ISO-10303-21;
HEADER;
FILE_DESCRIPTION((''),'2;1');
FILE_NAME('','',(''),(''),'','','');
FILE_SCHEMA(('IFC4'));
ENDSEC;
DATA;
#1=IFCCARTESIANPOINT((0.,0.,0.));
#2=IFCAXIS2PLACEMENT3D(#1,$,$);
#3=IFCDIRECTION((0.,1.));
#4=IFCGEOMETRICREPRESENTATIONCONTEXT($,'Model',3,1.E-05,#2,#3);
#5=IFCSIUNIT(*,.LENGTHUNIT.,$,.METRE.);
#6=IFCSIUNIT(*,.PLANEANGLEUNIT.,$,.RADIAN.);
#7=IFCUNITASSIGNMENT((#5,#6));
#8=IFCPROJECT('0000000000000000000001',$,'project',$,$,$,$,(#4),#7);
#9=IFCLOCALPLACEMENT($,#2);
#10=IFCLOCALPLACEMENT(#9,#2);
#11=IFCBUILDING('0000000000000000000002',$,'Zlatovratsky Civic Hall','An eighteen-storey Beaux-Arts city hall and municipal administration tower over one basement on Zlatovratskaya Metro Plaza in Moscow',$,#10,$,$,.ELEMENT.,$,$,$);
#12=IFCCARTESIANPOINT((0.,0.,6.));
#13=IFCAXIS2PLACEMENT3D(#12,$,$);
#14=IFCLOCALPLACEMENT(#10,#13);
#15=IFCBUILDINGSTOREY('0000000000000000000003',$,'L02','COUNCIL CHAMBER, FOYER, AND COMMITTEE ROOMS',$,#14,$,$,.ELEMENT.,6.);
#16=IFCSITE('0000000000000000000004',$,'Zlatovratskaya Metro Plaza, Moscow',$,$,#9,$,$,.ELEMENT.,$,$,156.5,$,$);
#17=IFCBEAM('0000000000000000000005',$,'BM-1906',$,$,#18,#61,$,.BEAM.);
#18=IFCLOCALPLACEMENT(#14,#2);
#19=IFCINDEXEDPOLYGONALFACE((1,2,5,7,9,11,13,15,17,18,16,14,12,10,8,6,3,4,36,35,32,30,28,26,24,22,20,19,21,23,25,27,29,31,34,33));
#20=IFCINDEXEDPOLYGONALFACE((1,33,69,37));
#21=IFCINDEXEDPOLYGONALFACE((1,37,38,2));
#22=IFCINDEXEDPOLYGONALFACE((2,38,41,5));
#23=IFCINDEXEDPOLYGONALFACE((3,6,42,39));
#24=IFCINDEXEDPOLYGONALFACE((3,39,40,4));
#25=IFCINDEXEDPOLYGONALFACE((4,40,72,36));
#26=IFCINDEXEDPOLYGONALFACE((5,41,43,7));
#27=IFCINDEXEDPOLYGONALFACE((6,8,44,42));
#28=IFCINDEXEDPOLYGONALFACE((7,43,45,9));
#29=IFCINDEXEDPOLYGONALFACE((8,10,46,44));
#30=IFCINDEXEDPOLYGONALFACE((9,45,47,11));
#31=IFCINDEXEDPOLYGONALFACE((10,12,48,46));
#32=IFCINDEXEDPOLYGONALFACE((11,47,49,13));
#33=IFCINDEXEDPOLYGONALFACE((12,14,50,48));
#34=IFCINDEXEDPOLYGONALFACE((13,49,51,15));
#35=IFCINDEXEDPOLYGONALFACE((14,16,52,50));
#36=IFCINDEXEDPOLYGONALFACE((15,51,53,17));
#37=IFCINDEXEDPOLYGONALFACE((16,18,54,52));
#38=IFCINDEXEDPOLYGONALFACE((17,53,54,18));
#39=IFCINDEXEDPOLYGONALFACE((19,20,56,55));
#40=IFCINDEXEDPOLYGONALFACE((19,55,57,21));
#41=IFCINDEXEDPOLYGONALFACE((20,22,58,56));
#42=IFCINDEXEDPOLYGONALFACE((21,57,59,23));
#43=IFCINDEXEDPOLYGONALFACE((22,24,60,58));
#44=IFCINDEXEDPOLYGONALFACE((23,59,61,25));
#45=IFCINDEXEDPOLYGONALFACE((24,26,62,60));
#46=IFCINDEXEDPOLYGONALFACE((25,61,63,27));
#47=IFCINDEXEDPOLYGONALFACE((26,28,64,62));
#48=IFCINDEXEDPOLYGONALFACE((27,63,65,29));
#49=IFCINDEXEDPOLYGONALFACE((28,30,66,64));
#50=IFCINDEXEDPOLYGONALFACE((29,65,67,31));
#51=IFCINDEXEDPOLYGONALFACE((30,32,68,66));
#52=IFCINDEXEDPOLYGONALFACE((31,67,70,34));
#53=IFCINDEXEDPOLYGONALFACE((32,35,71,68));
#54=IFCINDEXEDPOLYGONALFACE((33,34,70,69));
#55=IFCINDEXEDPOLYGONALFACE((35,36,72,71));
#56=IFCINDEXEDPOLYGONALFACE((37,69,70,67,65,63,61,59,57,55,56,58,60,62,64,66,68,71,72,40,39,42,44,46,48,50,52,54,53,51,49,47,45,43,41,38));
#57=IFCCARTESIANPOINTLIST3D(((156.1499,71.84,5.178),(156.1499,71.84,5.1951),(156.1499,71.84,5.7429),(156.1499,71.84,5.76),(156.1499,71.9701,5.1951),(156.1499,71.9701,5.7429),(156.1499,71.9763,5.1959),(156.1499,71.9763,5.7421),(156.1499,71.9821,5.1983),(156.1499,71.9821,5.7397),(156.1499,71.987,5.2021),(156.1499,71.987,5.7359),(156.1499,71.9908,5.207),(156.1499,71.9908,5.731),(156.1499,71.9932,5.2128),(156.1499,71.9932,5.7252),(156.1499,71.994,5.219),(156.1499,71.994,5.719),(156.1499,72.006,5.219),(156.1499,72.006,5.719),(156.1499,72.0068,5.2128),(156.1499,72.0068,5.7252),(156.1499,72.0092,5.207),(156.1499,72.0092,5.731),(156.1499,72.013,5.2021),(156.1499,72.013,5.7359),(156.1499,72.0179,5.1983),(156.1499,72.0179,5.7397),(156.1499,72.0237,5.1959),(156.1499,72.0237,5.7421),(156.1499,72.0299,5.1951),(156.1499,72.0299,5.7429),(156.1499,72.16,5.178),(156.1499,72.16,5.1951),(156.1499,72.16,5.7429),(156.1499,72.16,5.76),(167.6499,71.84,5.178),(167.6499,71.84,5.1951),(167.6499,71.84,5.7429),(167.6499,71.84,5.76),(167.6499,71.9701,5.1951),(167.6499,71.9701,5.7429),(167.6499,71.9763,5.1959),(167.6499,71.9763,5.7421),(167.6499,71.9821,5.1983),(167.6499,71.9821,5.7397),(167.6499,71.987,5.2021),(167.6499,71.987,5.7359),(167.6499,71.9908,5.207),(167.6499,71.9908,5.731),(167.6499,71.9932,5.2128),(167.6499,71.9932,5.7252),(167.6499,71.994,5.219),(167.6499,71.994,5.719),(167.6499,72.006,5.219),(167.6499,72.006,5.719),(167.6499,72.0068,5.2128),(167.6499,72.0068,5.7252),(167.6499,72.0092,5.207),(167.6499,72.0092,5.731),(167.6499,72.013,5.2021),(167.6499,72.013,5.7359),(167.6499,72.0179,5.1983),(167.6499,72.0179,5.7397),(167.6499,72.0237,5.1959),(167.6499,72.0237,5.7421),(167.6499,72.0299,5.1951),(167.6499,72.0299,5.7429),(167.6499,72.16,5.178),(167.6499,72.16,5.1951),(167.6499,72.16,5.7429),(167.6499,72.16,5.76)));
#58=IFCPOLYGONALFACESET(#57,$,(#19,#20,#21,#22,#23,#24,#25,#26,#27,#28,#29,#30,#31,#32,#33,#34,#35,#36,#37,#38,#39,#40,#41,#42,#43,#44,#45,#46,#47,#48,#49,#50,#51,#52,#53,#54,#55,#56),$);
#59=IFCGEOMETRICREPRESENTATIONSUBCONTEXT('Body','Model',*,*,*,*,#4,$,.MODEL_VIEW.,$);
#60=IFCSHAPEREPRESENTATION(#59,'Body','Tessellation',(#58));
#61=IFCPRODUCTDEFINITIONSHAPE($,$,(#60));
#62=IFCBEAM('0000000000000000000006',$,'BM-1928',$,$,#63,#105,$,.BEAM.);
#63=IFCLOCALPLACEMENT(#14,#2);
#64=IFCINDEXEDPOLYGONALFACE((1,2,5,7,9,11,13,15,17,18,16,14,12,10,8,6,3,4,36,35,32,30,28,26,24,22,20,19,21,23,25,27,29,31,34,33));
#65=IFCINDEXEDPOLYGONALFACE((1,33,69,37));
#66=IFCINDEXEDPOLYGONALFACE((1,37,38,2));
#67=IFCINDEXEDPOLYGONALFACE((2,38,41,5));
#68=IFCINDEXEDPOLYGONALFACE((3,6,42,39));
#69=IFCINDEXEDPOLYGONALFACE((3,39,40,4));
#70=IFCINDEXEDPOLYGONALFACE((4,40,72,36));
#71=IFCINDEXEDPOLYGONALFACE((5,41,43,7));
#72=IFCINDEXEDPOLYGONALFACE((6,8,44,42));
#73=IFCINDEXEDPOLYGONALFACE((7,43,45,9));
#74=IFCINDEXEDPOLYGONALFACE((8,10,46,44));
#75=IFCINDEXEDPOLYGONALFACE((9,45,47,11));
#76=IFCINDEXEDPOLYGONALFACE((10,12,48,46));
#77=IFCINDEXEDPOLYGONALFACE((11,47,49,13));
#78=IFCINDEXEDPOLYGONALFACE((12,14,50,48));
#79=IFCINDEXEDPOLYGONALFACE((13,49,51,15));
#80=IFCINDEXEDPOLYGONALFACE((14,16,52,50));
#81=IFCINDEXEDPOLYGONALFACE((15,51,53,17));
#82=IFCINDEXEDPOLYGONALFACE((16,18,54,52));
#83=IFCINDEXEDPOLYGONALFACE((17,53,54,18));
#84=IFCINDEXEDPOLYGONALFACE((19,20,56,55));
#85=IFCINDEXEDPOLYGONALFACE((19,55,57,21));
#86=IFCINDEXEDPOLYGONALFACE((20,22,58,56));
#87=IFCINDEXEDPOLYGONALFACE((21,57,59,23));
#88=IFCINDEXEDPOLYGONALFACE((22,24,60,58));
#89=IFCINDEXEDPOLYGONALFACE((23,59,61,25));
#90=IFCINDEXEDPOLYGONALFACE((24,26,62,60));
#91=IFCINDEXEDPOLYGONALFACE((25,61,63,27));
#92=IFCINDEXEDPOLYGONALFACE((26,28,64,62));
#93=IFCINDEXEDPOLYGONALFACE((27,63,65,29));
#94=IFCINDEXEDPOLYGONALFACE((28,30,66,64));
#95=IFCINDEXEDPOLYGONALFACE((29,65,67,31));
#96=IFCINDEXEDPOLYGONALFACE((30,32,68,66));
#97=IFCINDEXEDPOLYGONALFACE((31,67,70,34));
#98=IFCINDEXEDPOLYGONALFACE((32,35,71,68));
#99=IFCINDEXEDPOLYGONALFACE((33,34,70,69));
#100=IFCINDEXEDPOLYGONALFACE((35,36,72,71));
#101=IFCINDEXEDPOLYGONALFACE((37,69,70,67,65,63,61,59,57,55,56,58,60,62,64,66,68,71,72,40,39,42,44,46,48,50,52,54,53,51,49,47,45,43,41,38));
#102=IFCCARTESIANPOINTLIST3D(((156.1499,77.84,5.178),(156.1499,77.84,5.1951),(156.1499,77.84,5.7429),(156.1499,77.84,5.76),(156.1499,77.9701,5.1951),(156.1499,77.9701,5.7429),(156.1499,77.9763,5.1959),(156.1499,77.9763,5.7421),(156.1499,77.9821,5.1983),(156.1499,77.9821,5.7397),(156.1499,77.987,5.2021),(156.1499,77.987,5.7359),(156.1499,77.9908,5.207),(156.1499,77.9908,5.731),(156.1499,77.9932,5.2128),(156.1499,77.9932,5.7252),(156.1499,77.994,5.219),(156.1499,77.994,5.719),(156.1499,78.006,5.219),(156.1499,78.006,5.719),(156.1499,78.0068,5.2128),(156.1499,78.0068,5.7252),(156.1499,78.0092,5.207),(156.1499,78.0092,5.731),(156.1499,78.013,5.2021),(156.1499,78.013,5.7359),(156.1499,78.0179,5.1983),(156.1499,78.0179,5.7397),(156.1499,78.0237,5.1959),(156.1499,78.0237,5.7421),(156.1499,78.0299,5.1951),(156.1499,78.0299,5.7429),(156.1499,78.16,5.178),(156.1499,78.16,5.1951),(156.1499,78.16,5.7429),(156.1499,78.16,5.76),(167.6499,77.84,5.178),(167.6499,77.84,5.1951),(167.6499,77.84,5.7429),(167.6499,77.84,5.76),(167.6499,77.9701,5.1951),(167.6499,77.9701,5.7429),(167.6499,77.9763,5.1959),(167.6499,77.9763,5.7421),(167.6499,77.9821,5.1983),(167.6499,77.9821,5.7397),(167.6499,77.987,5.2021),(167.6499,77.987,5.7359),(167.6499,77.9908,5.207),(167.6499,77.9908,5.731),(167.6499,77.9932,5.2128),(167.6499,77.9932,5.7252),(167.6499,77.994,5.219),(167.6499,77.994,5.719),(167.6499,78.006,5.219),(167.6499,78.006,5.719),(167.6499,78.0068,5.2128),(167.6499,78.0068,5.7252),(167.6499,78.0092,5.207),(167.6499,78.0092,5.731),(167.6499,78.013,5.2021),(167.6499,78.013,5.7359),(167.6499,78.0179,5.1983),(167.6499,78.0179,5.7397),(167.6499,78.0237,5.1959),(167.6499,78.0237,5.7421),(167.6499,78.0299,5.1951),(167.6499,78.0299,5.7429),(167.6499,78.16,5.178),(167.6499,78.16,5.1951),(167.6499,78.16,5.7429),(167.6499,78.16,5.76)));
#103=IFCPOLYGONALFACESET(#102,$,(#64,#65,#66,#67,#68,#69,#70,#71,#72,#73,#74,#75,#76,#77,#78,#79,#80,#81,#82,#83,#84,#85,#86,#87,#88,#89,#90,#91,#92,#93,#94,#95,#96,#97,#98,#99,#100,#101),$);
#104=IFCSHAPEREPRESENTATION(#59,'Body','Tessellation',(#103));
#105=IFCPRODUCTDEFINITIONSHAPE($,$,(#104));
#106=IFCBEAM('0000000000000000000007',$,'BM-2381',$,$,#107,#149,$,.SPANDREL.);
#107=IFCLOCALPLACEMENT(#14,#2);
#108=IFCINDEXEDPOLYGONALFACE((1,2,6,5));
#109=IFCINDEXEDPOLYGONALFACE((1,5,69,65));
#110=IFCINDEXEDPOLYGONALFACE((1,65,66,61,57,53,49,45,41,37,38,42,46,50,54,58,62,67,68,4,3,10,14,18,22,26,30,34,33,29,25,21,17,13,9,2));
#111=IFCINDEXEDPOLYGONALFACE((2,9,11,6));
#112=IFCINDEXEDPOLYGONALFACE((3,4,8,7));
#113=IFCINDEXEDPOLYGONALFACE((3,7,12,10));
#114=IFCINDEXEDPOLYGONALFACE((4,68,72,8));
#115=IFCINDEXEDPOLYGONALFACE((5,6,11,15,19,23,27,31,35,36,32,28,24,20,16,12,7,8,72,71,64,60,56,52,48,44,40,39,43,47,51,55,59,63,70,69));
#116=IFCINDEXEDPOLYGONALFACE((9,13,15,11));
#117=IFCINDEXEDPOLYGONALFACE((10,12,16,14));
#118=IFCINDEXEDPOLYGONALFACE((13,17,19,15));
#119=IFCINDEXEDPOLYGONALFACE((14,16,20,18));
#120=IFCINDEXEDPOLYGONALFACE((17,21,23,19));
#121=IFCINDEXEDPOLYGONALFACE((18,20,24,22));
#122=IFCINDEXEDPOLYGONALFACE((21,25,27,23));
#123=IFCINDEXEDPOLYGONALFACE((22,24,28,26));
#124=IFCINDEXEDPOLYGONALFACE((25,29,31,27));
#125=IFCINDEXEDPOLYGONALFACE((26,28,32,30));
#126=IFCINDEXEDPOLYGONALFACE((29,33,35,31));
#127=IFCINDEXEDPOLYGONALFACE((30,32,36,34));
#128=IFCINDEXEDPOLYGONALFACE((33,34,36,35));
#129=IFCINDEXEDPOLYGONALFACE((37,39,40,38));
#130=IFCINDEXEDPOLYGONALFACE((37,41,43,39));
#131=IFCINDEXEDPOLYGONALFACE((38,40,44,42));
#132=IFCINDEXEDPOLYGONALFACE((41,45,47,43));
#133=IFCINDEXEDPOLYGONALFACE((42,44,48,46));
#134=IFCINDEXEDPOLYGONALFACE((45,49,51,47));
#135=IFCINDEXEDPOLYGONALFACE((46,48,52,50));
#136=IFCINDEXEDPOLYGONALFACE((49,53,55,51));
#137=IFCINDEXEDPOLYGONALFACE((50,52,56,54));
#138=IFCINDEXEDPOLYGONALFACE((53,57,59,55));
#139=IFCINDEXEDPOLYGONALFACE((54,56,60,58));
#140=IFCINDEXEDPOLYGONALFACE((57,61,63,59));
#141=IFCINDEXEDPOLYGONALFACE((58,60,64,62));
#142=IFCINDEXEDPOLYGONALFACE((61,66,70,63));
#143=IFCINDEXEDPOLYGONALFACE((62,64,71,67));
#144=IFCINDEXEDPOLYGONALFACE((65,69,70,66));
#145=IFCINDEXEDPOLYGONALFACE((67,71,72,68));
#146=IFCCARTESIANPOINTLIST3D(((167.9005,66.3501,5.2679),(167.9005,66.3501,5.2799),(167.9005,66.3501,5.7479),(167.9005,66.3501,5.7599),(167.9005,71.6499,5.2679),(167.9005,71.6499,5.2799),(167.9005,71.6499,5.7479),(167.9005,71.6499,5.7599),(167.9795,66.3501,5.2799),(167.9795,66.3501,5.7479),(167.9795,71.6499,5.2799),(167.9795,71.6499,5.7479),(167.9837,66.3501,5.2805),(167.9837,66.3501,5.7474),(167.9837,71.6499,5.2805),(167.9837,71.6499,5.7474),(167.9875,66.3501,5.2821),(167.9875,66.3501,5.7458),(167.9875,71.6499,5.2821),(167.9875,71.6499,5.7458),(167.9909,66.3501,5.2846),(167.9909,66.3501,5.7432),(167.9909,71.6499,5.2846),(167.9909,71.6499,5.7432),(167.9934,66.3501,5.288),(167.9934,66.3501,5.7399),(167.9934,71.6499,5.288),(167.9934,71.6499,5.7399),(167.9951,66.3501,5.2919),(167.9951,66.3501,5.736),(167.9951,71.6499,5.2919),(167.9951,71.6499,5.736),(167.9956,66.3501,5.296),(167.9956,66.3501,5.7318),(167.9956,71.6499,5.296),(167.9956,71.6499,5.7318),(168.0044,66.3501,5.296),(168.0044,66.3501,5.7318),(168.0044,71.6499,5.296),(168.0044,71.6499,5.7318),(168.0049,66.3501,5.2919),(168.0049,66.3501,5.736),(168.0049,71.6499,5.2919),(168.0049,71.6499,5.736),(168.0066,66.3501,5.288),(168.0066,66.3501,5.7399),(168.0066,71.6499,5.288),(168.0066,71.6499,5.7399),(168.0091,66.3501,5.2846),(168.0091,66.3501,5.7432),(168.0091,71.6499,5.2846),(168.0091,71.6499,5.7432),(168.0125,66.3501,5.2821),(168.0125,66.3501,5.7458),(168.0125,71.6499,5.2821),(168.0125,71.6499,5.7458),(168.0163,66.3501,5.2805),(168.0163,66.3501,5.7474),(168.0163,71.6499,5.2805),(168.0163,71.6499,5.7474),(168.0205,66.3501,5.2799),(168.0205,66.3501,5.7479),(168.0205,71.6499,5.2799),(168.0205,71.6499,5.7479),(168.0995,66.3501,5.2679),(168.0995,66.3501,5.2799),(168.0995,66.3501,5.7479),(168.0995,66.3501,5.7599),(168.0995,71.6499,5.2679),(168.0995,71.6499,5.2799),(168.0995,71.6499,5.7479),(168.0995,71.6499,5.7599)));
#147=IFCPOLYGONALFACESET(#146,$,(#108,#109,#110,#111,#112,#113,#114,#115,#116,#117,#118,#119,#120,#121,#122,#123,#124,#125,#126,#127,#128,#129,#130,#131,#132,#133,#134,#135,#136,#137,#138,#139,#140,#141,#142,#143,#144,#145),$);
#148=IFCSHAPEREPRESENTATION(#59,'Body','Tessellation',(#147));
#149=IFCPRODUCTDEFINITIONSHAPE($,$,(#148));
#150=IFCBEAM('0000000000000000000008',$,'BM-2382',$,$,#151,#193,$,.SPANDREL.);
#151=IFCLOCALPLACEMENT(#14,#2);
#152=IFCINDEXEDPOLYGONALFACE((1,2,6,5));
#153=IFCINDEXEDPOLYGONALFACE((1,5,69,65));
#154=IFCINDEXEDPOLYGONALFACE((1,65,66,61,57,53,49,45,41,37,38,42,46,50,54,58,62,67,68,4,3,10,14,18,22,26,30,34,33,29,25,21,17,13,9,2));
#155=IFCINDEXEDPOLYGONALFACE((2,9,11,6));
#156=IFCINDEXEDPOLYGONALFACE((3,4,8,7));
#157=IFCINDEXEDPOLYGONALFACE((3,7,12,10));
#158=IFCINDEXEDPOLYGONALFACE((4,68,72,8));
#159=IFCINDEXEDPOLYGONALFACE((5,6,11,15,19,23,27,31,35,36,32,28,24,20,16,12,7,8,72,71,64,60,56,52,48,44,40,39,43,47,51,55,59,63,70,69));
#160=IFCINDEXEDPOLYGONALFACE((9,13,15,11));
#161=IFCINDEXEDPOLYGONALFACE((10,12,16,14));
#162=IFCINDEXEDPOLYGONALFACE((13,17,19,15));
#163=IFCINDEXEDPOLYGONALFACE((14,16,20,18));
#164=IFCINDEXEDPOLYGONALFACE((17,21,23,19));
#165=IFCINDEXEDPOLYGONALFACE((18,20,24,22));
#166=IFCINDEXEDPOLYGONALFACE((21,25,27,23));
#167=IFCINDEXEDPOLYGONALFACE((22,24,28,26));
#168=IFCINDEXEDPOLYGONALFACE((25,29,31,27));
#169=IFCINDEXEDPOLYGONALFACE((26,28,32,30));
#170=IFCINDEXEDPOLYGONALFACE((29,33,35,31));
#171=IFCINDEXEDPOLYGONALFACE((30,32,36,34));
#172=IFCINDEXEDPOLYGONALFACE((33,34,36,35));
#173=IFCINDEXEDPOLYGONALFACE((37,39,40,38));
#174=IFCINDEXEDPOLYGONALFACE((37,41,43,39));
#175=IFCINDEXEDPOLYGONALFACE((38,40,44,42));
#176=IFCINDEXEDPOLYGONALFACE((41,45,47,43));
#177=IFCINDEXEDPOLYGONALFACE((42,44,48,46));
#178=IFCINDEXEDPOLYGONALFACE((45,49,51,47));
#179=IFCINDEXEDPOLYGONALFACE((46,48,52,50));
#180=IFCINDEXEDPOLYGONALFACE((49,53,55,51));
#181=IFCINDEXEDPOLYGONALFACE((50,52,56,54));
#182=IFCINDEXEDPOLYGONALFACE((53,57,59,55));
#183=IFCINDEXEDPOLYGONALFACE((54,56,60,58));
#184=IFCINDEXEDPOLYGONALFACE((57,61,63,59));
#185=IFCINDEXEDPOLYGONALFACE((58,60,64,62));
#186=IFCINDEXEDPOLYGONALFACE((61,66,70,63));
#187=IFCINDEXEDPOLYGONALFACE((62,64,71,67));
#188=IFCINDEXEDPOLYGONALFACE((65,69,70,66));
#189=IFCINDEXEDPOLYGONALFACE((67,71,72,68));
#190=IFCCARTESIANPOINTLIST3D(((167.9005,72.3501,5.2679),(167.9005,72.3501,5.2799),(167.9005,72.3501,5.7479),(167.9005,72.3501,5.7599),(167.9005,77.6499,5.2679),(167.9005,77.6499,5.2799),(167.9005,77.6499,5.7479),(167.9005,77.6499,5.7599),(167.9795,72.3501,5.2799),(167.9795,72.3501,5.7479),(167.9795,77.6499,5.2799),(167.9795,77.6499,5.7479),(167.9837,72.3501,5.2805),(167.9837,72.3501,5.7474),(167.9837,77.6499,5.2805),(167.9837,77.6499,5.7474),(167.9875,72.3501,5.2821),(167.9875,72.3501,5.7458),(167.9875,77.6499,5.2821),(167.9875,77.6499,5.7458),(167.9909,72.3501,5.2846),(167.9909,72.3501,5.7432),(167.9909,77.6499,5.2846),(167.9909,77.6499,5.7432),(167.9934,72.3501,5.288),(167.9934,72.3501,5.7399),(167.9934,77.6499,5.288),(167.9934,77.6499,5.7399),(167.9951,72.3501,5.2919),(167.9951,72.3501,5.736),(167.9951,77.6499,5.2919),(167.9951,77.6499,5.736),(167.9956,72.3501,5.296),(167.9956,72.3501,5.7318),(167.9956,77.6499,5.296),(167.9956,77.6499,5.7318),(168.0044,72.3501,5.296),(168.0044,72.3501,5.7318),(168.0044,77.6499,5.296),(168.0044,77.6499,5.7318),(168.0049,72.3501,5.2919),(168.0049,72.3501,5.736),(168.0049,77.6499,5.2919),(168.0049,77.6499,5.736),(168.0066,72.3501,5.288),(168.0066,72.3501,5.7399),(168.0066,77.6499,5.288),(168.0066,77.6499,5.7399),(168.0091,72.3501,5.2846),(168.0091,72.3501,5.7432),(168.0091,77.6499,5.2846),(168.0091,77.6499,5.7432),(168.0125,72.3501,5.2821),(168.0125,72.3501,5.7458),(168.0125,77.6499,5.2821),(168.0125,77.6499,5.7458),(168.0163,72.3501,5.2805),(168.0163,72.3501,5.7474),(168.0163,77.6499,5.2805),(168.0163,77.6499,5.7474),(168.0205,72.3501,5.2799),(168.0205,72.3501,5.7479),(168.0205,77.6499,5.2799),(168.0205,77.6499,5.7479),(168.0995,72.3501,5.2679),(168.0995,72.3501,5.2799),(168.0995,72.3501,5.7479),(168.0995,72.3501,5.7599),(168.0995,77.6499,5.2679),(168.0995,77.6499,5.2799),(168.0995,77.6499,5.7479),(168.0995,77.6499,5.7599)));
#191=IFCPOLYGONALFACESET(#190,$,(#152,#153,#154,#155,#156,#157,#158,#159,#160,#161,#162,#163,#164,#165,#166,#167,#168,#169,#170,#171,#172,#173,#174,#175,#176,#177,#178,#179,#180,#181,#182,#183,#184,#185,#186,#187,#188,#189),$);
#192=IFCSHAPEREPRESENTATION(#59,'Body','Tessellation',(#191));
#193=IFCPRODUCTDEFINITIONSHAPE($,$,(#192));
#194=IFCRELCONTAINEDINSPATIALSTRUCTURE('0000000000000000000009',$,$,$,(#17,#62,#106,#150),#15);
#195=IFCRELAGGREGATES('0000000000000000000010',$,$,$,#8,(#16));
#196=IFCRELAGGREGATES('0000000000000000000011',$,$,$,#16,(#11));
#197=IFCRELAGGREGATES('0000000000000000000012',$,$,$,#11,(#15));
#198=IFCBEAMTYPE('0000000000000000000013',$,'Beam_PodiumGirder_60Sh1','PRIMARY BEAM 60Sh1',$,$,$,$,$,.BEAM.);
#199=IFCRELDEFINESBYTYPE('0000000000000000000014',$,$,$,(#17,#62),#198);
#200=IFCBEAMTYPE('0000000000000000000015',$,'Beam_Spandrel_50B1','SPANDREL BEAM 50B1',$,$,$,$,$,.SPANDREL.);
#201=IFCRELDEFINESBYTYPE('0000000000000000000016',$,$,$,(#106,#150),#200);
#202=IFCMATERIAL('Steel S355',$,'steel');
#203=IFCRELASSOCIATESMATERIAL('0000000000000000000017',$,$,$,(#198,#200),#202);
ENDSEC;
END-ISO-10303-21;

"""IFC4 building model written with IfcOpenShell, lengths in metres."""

from ifc_helpers import new_model, si_unit, direction, frame, origin, origin_2d, place, context, subcontext, project, spatial, i_section, extrude, material, material_profile, profile_set, type_object, element, save


model = new_model("IFC4")

# Units and contexts
model_context = context("Model", 3, precision=1e-05, world=origin(), true_north=direction((0.0, 1.0)))
body_context = subcontext(model_context, "Body", "Model", "MODEL_VIEW")
ifc_project = project(units=[si_unit("LENGTHUNIT", "METRE"), si_unit("PLANEANGLEUNIT", "RADIAN")], contexts=[model_context])

# Site, building, storey
site_placement = place(None, origin())
site = spatial("IfcSite", under=ifc_project, at=site_placement, Name="Zlatovratskaya Metro Plaza, Moscow", CompositionType="ELEMENT", RefElevation=156.5)
building_placement = place(site_placement, origin())
building = spatial("IfcBuilding", under=site, at=building_placement, Name="Zlatovratsky Civic Hall", Description="An eighteen-storey Beaux-Arts city hall and municipal administration tower over one basement on Zlatovratskaya Metro Plaza in Moscow", CompositionType="ELEMENT")
storey_placement = place(building_placement, frame((0.0, 0.0, 6.0)))
storey = spatial("IfcBuildingStorey", under=building, at=storey_placement, Name="L02", Description="COUNCIL CHAMBER, FOYER, AND COMMITTEE ROOMS", CompositionType="ELEMENT", Elevation=6.0)

# Shared definitions
ifc_material_1 = material(Name="Steel S355", Category="steel")

# Beams
ifc_material_profile_1 = material_profile(ifc_material_1, i_section(OverallWidth=0.3201, OverallDepth=0.582, WebThickness=0.012, FlangeThickness=0.0171, FilletRadius=0.0239, at=origin_2d()), Name="60Sh1")
ifc_profile_set_1 = profile_set([ifc_material_profile_1], Name="Steel S355")
beam_type_1 = type_object("IfcBeamType", Name="Beam_PodiumGirder_60Sh1", Description="PRIMARY BEAM 60Sh1", PredefinedType="BEAM", material=ifc_profile_set_1)
for number, where, z_axis, x_axis, name in (
    (1, (156.1499, 72.0, 5.469), (1.0, 0.0, 0.0), (0.0, 1.0, 0.0), "BM-1906"),
    (2, (156.1499, 78.0, 5.469), (1.0, 0.0, 0.0), (0.0, 1.0, 0.0), "BM-1928"),
):
    element("IfcBeam", number, at=place(storey_placement, frame(where, z_axis=z_axis, x_axis=x_axis)), inside=storey, type_object=beam_type_1, Name=name, PredefinedType="BEAM", context=body_context, shape_type="SweptSolid", body=[
        extrude(i_section(OverallWidth=0.3201, OverallDepth=0.582, WebThickness=0.012, FlangeThickness=0.0171, FilletRadius=0.0239, at=origin_2d()), origin(), (0.0, 0.0, 1.0), 11.5),
    ])
ifc_material_profile_2 = material_profile(ifc_material_1, i_section(OverallWidth=0.199, OverallDepth=0.4919, WebThickness=0.0088, FlangeThickness=0.012, FilletRadius=0.0161, at=origin_2d()), Name="50B1")
ifc_profile_set_2 = profile_set([ifc_material_profile_2], Name="Steel S355")
beam_type_2 = type_object("IfcBeamType", Name="Beam_Spandrel_50B1", Description="SPANDREL BEAM 50B1", PredefinedType="SPANDREL", material=ifc_profile_set_2)
for number, where, z_axis, x_axis, name in (
    (3, (168.0, 66.3501, 5.5139), (0.0, 1.0, 0.0), (-1.0, 0.0, 0.0), "BM-2381"),
    (4, (168.0, 72.3501, 5.5139), (0.0, 1.0, 0.0), (-1.0, 0.0, 0.0), "BM-2382"),
):
    element("IfcBeam", number, at=place(storey_placement, frame(where, z_axis=z_axis, x_axis=x_axis)), inside=storey, type_object=beam_type_2, Name=name, PredefinedType="SPANDREL", context=body_context, shape_type="SweptSolid", body=[
        extrude(i_section(OverallWidth=0.199, OverallDepth=0.4919, WebThickness=0.0088, FlangeThickness=0.012, FilletRadius=0.0161, at=origin_2d()), origin(), (0.0, 0.0, 1.0), 5.2998),
    ])

save(model, "model.ifc")
